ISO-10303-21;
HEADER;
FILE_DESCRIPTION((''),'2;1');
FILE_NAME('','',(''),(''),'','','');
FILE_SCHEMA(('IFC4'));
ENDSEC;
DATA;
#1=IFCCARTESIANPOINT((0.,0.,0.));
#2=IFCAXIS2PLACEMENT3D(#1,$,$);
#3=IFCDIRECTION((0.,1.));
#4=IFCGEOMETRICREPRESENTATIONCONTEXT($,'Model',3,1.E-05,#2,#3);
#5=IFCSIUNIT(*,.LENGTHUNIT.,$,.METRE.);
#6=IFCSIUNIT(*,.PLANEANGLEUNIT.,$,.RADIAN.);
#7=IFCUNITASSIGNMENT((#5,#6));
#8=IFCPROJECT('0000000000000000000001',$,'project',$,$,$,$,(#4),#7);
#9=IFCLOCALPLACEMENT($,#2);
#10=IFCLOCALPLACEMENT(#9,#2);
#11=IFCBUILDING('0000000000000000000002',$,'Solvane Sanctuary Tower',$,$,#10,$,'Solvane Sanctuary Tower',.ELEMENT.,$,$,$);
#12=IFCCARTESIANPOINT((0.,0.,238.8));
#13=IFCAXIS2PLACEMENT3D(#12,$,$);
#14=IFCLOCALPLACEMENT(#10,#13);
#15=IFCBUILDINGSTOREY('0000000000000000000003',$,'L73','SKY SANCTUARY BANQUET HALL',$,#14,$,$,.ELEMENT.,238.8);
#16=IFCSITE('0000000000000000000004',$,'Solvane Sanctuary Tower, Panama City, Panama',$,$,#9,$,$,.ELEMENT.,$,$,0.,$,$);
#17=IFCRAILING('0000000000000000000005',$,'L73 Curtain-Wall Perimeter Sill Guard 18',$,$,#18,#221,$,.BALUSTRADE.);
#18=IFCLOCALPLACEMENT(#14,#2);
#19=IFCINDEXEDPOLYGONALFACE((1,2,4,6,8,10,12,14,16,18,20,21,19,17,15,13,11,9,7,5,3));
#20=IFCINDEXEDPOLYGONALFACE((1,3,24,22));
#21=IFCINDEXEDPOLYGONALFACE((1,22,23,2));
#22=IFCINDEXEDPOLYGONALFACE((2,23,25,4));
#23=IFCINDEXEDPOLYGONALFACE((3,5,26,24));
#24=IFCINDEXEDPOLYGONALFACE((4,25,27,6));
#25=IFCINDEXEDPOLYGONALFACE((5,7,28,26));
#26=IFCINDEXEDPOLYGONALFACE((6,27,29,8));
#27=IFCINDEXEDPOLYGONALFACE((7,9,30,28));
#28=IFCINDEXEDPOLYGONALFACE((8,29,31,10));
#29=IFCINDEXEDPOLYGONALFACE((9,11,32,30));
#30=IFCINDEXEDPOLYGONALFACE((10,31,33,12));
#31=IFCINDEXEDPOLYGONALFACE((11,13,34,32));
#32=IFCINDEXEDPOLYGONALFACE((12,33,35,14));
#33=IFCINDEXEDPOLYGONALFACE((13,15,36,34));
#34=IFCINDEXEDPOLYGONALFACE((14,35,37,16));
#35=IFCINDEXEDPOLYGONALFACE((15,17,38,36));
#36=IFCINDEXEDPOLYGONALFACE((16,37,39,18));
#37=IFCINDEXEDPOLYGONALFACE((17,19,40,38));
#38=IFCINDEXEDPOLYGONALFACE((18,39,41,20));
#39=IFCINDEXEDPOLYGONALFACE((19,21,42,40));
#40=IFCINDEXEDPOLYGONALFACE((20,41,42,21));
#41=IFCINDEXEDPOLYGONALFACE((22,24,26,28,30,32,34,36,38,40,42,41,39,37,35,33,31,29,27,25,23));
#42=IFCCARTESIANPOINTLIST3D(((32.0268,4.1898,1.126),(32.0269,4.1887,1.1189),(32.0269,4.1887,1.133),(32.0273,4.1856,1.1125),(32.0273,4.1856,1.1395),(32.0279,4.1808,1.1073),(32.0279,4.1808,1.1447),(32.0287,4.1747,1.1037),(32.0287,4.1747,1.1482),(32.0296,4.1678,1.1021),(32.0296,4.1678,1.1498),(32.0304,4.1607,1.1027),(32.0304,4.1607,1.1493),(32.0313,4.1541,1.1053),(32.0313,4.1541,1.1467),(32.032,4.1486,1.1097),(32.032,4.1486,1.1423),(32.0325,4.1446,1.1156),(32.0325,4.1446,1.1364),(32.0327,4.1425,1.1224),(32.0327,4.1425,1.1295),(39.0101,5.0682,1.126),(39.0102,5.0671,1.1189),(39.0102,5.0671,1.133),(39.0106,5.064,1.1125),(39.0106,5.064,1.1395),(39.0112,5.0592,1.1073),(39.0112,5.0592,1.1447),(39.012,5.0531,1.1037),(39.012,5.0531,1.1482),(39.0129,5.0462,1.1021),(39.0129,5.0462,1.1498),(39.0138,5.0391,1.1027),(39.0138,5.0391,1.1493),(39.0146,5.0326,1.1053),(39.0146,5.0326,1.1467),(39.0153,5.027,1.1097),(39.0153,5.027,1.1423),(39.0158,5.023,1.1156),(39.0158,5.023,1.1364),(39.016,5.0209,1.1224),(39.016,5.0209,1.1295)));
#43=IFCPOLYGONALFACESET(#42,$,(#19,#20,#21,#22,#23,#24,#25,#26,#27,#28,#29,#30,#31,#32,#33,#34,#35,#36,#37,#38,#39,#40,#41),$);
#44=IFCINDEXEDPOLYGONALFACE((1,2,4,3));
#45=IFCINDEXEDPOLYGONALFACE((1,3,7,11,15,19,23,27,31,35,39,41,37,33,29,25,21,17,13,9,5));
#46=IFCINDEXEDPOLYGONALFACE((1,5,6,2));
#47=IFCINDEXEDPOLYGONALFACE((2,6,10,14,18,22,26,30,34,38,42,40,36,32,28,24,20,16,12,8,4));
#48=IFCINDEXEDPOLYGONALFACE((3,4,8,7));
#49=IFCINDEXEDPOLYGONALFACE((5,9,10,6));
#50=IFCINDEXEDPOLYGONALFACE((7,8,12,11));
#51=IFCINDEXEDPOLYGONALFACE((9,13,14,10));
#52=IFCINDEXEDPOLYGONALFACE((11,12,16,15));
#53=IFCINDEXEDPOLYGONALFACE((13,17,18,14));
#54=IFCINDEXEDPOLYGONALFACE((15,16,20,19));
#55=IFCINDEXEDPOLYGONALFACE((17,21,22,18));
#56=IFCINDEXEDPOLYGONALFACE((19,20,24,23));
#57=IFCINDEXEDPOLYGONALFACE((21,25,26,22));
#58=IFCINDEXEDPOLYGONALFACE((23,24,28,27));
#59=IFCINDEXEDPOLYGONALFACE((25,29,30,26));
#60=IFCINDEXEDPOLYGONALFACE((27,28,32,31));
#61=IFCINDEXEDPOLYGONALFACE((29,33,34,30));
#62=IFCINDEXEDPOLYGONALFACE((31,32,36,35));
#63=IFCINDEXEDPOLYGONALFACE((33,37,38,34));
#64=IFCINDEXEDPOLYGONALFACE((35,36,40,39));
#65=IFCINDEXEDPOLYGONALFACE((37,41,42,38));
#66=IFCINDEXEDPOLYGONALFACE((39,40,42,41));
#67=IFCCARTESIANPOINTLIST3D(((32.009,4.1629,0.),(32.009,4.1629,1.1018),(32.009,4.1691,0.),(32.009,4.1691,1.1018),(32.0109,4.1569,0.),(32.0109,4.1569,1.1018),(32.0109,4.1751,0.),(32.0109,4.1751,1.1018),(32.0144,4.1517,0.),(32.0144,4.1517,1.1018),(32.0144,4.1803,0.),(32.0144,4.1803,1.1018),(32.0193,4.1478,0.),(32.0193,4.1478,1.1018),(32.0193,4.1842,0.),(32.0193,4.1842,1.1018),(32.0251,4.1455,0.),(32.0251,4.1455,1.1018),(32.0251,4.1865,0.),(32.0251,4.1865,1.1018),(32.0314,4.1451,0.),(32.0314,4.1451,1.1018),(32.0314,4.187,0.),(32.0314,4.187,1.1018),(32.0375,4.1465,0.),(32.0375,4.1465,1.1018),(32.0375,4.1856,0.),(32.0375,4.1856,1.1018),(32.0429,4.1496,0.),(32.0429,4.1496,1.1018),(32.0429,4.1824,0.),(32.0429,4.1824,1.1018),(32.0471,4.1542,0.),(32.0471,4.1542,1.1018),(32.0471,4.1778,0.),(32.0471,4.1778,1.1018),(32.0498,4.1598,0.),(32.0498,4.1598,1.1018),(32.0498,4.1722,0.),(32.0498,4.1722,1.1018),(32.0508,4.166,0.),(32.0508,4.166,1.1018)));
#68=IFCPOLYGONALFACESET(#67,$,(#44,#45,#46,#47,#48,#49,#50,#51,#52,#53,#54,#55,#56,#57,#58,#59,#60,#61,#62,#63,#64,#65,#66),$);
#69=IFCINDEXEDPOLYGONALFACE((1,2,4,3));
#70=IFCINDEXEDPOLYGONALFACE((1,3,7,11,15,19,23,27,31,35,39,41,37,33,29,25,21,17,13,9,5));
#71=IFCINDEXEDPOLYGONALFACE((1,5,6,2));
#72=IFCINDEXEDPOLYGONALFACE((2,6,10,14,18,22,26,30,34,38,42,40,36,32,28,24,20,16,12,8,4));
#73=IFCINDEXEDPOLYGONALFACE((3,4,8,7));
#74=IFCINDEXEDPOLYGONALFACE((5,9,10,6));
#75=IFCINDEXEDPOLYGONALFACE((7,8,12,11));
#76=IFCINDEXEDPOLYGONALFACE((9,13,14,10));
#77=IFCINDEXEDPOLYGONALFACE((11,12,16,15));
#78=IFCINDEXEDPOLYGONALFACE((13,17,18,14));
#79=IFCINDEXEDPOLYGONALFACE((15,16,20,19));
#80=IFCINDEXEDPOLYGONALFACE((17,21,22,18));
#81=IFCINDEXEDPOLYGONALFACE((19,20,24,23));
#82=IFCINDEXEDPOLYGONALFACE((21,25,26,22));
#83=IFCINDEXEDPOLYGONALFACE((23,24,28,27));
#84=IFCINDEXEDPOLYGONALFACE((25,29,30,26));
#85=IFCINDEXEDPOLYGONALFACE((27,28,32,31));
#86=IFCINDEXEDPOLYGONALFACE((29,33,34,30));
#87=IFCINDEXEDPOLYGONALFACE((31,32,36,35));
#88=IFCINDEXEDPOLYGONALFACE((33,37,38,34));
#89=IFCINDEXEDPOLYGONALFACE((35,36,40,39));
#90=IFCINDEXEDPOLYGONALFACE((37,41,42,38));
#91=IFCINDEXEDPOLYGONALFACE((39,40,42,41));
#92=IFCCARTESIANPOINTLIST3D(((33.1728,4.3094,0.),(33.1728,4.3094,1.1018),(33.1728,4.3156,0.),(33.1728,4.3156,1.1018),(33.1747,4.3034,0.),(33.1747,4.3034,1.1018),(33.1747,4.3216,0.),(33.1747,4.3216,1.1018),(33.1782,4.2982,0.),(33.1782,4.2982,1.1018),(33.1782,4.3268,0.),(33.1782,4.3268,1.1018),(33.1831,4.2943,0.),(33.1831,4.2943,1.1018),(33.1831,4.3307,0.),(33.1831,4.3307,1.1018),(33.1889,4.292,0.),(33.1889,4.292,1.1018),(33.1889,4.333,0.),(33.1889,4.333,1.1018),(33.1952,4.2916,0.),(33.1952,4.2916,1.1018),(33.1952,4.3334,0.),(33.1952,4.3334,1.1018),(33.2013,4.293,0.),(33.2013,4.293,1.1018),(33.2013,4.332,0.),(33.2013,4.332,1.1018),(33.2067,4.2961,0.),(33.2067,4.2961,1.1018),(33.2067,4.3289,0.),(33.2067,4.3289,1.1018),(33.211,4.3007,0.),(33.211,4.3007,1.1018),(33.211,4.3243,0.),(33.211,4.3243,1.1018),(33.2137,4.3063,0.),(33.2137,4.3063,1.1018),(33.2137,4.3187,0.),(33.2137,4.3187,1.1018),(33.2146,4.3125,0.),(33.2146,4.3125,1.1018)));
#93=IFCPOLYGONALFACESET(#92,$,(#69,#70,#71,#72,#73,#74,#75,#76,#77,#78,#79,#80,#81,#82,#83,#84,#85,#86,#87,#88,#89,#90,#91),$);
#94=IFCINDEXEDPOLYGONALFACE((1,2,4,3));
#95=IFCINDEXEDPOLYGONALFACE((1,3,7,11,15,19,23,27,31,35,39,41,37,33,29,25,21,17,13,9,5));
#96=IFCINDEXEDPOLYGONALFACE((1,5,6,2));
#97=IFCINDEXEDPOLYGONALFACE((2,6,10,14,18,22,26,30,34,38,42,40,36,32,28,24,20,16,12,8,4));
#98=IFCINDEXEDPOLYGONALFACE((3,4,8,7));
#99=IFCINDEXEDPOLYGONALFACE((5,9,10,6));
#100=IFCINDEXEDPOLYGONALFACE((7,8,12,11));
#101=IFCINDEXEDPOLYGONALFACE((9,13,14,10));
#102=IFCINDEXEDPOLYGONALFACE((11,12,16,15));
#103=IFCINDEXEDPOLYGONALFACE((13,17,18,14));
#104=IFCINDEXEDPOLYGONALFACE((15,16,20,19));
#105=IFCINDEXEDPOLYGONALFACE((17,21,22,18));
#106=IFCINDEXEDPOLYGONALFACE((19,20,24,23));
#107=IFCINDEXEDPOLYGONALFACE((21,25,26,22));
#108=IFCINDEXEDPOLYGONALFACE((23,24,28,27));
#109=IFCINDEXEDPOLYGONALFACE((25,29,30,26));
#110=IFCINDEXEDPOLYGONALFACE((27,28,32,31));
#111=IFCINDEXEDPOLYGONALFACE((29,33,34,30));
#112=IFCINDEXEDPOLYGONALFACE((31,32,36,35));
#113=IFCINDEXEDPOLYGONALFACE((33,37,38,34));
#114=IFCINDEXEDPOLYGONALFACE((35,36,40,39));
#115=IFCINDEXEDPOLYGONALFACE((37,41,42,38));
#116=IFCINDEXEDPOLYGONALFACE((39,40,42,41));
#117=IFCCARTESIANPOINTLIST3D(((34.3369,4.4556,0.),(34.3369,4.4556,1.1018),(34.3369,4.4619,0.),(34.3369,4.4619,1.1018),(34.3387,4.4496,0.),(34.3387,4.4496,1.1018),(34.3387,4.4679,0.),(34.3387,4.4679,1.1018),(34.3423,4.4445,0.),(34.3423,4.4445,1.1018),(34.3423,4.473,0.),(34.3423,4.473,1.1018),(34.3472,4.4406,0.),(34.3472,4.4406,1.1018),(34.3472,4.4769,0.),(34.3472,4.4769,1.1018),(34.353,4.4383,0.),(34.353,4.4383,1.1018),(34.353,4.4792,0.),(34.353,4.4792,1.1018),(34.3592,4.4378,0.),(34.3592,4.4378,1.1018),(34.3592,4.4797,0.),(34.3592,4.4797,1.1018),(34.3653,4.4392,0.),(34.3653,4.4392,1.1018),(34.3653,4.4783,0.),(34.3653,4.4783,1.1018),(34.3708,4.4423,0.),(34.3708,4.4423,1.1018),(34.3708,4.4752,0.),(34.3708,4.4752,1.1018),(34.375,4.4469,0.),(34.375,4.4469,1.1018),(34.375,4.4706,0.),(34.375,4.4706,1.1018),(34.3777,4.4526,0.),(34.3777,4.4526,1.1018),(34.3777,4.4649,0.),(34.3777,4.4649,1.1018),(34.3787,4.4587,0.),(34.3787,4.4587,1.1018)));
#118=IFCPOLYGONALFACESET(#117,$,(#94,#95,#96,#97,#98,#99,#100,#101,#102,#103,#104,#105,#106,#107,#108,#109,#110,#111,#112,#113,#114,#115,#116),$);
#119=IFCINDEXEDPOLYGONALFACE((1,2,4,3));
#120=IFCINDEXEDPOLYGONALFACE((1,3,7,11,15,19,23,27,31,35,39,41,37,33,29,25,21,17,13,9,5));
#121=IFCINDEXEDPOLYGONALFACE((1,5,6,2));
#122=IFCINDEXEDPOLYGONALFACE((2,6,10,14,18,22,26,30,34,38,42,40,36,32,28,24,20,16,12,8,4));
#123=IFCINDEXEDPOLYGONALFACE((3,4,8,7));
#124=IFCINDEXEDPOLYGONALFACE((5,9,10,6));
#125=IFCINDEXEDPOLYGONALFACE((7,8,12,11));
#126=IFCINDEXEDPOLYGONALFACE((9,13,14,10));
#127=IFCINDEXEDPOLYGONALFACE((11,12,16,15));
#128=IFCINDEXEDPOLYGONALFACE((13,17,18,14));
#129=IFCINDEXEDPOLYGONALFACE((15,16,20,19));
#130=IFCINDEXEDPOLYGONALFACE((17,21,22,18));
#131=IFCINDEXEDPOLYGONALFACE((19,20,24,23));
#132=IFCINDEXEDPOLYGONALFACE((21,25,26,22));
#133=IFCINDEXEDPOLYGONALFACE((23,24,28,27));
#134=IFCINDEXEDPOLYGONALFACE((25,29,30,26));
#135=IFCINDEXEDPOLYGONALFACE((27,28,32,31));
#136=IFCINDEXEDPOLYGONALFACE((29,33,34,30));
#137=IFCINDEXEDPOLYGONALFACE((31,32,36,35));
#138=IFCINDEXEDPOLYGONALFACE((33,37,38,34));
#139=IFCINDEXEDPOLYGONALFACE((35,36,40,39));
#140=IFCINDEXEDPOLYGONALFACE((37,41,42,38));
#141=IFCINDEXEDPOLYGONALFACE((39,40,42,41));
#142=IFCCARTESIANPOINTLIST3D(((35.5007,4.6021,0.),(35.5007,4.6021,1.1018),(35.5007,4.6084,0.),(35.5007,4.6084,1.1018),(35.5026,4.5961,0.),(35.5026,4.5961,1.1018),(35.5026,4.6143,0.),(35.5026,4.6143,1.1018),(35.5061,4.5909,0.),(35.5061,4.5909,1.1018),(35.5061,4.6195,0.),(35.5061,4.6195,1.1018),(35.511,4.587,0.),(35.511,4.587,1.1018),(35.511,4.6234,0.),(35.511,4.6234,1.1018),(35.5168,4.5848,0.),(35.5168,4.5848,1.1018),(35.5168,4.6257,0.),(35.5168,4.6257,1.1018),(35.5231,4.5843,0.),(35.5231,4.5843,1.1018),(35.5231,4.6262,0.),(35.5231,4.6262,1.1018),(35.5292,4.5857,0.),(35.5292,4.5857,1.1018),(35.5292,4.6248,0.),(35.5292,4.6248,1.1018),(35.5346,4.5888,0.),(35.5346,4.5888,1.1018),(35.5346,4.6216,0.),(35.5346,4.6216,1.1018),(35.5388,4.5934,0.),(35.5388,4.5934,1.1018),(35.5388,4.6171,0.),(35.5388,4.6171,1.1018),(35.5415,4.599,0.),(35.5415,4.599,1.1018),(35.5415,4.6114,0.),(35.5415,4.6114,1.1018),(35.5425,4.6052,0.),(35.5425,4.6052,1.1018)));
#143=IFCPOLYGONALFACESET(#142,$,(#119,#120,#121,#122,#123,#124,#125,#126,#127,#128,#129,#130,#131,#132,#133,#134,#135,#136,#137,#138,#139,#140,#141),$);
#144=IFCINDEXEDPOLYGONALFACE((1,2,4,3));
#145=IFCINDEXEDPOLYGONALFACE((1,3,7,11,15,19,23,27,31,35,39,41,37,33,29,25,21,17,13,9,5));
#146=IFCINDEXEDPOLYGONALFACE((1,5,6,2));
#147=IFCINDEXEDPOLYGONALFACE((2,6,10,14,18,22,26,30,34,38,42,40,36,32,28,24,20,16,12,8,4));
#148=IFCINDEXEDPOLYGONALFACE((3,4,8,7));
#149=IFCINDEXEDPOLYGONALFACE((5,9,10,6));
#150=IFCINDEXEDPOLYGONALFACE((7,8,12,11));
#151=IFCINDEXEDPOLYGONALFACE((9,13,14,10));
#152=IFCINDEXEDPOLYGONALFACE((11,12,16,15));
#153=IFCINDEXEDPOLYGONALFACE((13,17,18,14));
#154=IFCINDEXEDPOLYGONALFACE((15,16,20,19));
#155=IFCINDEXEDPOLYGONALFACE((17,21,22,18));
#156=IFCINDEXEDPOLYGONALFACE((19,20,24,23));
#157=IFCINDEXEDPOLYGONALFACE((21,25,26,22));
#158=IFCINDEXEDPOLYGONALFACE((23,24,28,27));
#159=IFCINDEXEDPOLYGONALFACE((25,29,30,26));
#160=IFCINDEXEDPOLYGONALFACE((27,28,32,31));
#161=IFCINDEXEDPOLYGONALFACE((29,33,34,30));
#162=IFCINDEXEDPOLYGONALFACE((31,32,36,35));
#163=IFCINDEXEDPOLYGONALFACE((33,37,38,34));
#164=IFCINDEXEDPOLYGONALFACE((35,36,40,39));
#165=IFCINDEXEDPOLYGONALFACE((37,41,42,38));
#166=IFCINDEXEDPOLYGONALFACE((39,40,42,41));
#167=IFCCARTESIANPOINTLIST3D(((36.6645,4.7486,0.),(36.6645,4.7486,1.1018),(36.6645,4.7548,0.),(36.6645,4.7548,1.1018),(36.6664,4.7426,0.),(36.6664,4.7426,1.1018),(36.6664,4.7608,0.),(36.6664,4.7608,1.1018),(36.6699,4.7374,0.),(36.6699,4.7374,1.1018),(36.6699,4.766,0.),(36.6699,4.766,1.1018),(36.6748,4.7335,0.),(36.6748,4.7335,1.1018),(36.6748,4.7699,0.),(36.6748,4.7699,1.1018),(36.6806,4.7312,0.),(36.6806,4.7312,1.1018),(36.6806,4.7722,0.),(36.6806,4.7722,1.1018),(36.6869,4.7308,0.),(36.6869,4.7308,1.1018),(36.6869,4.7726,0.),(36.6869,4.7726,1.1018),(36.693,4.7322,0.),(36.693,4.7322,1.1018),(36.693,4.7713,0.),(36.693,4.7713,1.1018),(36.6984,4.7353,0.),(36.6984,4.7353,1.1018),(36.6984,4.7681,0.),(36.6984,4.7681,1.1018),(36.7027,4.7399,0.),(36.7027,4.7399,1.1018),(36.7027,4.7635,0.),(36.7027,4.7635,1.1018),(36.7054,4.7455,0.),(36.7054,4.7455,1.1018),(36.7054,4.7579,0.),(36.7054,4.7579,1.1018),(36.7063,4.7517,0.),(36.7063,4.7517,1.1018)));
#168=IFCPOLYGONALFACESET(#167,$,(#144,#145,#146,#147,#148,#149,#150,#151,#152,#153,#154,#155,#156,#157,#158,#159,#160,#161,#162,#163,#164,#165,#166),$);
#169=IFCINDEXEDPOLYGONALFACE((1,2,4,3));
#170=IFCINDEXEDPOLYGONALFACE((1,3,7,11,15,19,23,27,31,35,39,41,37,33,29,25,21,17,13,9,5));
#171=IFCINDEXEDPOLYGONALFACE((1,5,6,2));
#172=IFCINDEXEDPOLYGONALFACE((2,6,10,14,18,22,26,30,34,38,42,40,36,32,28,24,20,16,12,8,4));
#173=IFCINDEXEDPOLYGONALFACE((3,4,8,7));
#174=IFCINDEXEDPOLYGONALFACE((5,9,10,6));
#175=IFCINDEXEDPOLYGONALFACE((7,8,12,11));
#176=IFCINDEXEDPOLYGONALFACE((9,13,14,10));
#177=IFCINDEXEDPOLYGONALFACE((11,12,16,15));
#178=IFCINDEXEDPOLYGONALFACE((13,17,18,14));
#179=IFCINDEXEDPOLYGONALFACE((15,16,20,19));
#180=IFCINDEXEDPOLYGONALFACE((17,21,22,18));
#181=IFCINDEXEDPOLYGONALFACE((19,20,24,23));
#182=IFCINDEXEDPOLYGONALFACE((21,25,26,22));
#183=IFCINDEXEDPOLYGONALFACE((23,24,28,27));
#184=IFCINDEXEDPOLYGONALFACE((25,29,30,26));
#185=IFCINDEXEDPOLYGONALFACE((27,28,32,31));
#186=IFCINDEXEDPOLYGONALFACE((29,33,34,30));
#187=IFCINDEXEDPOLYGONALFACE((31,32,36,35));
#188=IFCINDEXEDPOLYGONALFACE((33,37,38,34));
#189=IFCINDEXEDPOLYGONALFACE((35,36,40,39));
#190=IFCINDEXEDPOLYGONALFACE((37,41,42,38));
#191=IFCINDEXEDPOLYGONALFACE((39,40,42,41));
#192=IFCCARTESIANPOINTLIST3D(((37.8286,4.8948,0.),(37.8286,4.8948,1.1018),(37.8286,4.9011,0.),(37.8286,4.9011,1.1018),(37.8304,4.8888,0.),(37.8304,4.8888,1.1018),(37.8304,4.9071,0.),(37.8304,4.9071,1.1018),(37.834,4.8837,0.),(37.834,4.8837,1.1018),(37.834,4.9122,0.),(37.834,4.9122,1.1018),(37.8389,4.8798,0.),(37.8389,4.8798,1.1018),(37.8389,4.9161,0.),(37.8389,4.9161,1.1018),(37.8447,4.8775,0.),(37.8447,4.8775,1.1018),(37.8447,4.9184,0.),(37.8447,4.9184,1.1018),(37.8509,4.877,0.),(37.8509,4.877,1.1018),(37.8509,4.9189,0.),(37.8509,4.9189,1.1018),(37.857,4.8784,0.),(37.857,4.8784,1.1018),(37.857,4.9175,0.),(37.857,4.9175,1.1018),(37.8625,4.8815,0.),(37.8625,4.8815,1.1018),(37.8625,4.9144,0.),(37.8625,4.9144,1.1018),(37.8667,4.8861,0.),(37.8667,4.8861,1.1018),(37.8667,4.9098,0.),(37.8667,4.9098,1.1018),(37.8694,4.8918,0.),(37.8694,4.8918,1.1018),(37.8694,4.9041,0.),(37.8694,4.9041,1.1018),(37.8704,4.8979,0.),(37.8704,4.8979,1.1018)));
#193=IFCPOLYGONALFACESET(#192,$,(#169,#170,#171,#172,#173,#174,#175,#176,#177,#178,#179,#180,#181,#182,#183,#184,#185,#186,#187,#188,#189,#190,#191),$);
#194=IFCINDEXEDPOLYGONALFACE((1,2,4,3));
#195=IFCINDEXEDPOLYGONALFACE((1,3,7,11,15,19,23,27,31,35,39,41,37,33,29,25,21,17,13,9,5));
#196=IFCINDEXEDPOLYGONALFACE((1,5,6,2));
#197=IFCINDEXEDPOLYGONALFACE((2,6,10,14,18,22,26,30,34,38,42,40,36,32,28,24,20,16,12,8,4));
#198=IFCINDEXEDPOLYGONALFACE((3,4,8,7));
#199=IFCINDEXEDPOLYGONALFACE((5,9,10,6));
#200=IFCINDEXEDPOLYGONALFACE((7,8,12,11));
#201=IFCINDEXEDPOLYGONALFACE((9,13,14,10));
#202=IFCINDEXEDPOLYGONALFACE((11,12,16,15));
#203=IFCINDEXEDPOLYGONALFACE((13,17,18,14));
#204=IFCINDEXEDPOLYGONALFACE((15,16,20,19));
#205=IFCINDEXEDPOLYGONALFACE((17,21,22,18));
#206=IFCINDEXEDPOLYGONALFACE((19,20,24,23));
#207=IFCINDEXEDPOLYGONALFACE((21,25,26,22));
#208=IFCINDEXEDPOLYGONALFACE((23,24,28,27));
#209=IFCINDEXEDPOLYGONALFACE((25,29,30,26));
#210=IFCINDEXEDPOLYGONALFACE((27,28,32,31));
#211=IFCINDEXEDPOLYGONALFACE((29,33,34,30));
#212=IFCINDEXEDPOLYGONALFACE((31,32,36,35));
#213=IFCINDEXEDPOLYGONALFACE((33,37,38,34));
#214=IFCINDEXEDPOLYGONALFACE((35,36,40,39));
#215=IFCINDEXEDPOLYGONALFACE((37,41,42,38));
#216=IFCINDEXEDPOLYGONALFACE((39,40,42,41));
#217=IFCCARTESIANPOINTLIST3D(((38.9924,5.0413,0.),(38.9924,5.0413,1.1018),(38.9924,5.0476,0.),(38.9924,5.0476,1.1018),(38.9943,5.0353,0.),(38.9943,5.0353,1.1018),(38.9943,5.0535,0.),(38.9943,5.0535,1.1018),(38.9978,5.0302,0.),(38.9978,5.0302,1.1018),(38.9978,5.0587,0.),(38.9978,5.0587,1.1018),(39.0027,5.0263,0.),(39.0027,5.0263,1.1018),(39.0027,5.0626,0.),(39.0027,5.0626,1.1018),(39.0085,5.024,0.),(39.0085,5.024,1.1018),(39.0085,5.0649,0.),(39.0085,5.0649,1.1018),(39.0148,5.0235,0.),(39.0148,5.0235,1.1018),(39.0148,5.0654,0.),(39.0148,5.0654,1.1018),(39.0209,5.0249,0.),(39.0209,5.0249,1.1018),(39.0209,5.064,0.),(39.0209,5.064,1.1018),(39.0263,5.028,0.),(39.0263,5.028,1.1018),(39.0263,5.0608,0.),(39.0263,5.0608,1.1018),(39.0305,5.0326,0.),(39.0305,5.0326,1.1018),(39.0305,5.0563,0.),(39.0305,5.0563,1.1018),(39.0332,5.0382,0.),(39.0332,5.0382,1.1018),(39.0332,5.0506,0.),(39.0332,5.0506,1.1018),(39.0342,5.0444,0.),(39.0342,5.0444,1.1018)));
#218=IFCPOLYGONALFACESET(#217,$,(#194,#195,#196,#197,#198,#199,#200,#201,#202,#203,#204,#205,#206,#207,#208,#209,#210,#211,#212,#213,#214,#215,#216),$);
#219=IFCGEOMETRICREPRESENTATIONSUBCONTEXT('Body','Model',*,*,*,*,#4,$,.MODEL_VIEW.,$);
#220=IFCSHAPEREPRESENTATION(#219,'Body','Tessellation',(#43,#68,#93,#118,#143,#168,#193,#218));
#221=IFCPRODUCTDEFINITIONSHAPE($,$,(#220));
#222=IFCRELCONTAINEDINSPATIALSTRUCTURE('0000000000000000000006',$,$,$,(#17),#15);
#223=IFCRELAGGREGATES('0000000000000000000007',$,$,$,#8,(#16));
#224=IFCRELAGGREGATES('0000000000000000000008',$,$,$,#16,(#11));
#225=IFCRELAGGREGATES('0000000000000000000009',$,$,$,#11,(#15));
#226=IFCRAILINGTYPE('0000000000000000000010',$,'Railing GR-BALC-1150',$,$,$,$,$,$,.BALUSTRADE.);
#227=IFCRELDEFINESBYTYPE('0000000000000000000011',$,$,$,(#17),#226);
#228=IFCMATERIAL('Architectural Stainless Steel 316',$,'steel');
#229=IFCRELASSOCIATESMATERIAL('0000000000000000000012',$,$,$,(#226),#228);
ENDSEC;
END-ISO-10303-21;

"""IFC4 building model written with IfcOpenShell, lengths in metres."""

from ifc_helpers import new_model, si_unit, direction, frame, origin, origin_2d, place, context, subcontext, project, spatial, circle, extrude, material, type_object, element, save


model = new_model("IFC4")

# Units and contexts
model_context = context("Model", 3, precision=1e-05, world=origin(), true_north=direction((0.0, 1.0)))
body_context = subcontext(model_context, "Body", "Model", "MODEL_VIEW")
ifc_project = project(units=[si_unit("LENGTHUNIT", "METRE"), si_unit("PLANEANGLEUNIT", "RADIAN")], contexts=[model_context])

# Site, building, storey
site_placement = place(None, origin())
site = spatial("IfcSite", under=ifc_project, at=site_placement, Name="Solvane Sanctuary Tower, Panama City, Panama", CompositionType="ELEMENT", RefElevation=0.0)
building_placement = place(site_placement, origin())
building = spatial("IfcBuilding", under=site, at=building_placement, Name="Solvane Sanctuary Tower", LongName="Solvane Sanctuary Tower", CompositionType="ELEMENT")
storey_placement = place(building_placement, frame((0.0, 0.0, 238.8)))
storey = spatial("IfcBuildingStorey", under=building, at=storey_placement, Name="L73", Description="SKY SANCTUARY BANQUET HALL", CompositionType="ELEMENT", Elevation=238.8)

# Shared definitions
ifc_material_1 = material(Name="Architectural Stainless Steel 316", Category="steel")

# Railing
railing_type = type_object("IfcRailingType", Name="Railing GR-BALC-1150", PredefinedType="BALUSTRADE", material=ifc_material_1)
railing_1_placement = place(storey_placement, frame((32.0298, 4.166, 0.0)))
element("IfcRailing", 1, at=railing_1_placement, inside=storey, type_object=railing_type, Name="L73 Curtain-Wall Perimeter Sill Guard 18", PredefinedType="BALUSTRADE", context=body_context, shape_type="SweptSolid", body=[
    extrude(circle(Radius=0.0239, at=origin_2d()), frame((0.0, 0.0, 1.126), z_axis=(0.992182, 0.124803, 0.0), x_axis=(-0.124803, 0.992182, 0.0)), (0.0, 0.0, 1.0), 7.0383),
    extrude(circle(Radius=0.021, at=origin_2d()), origin(), (0.0, 0.0, 1.0), 1.1018),
    extrude(circle(Radius=0.021, at=origin_2d()), frame((1.1638, 0.1465, 0.0)), (0.0, 0.0, 1.0), 1.1018),
    extrude(circle(Radius=0.021, at=origin_2d()), frame((2.3279, 0.2927, 0.0)), (0.0, 0.0, 1.0), 1.1018),
    extrude(circle(Radius=0.021, at=origin_2d()), frame((3.4917, 0.4392, 0.0)), (0.0, 0.0, 1.0), 1.1018),
    extrude(circle(Radius=0.021, at=origin_2d()), frame((4.6555, 0.5857, 0.0)), (0.0, 0.0, 1.0), 1.1018),
    extrude(circle(Radius=0.021, at=origin_2d()), frame((5.8196, 0.7319, 0.0)), (0.0, 0.0, 1.0), 1.1018),
    extrude(circle(Radius=0.021, at=origin_2d()), frame((6.9834, 0.8784, 0.0)), (0.0, 0.0, 1.0), 1.1018),
])

save(model, "model.ifc")
